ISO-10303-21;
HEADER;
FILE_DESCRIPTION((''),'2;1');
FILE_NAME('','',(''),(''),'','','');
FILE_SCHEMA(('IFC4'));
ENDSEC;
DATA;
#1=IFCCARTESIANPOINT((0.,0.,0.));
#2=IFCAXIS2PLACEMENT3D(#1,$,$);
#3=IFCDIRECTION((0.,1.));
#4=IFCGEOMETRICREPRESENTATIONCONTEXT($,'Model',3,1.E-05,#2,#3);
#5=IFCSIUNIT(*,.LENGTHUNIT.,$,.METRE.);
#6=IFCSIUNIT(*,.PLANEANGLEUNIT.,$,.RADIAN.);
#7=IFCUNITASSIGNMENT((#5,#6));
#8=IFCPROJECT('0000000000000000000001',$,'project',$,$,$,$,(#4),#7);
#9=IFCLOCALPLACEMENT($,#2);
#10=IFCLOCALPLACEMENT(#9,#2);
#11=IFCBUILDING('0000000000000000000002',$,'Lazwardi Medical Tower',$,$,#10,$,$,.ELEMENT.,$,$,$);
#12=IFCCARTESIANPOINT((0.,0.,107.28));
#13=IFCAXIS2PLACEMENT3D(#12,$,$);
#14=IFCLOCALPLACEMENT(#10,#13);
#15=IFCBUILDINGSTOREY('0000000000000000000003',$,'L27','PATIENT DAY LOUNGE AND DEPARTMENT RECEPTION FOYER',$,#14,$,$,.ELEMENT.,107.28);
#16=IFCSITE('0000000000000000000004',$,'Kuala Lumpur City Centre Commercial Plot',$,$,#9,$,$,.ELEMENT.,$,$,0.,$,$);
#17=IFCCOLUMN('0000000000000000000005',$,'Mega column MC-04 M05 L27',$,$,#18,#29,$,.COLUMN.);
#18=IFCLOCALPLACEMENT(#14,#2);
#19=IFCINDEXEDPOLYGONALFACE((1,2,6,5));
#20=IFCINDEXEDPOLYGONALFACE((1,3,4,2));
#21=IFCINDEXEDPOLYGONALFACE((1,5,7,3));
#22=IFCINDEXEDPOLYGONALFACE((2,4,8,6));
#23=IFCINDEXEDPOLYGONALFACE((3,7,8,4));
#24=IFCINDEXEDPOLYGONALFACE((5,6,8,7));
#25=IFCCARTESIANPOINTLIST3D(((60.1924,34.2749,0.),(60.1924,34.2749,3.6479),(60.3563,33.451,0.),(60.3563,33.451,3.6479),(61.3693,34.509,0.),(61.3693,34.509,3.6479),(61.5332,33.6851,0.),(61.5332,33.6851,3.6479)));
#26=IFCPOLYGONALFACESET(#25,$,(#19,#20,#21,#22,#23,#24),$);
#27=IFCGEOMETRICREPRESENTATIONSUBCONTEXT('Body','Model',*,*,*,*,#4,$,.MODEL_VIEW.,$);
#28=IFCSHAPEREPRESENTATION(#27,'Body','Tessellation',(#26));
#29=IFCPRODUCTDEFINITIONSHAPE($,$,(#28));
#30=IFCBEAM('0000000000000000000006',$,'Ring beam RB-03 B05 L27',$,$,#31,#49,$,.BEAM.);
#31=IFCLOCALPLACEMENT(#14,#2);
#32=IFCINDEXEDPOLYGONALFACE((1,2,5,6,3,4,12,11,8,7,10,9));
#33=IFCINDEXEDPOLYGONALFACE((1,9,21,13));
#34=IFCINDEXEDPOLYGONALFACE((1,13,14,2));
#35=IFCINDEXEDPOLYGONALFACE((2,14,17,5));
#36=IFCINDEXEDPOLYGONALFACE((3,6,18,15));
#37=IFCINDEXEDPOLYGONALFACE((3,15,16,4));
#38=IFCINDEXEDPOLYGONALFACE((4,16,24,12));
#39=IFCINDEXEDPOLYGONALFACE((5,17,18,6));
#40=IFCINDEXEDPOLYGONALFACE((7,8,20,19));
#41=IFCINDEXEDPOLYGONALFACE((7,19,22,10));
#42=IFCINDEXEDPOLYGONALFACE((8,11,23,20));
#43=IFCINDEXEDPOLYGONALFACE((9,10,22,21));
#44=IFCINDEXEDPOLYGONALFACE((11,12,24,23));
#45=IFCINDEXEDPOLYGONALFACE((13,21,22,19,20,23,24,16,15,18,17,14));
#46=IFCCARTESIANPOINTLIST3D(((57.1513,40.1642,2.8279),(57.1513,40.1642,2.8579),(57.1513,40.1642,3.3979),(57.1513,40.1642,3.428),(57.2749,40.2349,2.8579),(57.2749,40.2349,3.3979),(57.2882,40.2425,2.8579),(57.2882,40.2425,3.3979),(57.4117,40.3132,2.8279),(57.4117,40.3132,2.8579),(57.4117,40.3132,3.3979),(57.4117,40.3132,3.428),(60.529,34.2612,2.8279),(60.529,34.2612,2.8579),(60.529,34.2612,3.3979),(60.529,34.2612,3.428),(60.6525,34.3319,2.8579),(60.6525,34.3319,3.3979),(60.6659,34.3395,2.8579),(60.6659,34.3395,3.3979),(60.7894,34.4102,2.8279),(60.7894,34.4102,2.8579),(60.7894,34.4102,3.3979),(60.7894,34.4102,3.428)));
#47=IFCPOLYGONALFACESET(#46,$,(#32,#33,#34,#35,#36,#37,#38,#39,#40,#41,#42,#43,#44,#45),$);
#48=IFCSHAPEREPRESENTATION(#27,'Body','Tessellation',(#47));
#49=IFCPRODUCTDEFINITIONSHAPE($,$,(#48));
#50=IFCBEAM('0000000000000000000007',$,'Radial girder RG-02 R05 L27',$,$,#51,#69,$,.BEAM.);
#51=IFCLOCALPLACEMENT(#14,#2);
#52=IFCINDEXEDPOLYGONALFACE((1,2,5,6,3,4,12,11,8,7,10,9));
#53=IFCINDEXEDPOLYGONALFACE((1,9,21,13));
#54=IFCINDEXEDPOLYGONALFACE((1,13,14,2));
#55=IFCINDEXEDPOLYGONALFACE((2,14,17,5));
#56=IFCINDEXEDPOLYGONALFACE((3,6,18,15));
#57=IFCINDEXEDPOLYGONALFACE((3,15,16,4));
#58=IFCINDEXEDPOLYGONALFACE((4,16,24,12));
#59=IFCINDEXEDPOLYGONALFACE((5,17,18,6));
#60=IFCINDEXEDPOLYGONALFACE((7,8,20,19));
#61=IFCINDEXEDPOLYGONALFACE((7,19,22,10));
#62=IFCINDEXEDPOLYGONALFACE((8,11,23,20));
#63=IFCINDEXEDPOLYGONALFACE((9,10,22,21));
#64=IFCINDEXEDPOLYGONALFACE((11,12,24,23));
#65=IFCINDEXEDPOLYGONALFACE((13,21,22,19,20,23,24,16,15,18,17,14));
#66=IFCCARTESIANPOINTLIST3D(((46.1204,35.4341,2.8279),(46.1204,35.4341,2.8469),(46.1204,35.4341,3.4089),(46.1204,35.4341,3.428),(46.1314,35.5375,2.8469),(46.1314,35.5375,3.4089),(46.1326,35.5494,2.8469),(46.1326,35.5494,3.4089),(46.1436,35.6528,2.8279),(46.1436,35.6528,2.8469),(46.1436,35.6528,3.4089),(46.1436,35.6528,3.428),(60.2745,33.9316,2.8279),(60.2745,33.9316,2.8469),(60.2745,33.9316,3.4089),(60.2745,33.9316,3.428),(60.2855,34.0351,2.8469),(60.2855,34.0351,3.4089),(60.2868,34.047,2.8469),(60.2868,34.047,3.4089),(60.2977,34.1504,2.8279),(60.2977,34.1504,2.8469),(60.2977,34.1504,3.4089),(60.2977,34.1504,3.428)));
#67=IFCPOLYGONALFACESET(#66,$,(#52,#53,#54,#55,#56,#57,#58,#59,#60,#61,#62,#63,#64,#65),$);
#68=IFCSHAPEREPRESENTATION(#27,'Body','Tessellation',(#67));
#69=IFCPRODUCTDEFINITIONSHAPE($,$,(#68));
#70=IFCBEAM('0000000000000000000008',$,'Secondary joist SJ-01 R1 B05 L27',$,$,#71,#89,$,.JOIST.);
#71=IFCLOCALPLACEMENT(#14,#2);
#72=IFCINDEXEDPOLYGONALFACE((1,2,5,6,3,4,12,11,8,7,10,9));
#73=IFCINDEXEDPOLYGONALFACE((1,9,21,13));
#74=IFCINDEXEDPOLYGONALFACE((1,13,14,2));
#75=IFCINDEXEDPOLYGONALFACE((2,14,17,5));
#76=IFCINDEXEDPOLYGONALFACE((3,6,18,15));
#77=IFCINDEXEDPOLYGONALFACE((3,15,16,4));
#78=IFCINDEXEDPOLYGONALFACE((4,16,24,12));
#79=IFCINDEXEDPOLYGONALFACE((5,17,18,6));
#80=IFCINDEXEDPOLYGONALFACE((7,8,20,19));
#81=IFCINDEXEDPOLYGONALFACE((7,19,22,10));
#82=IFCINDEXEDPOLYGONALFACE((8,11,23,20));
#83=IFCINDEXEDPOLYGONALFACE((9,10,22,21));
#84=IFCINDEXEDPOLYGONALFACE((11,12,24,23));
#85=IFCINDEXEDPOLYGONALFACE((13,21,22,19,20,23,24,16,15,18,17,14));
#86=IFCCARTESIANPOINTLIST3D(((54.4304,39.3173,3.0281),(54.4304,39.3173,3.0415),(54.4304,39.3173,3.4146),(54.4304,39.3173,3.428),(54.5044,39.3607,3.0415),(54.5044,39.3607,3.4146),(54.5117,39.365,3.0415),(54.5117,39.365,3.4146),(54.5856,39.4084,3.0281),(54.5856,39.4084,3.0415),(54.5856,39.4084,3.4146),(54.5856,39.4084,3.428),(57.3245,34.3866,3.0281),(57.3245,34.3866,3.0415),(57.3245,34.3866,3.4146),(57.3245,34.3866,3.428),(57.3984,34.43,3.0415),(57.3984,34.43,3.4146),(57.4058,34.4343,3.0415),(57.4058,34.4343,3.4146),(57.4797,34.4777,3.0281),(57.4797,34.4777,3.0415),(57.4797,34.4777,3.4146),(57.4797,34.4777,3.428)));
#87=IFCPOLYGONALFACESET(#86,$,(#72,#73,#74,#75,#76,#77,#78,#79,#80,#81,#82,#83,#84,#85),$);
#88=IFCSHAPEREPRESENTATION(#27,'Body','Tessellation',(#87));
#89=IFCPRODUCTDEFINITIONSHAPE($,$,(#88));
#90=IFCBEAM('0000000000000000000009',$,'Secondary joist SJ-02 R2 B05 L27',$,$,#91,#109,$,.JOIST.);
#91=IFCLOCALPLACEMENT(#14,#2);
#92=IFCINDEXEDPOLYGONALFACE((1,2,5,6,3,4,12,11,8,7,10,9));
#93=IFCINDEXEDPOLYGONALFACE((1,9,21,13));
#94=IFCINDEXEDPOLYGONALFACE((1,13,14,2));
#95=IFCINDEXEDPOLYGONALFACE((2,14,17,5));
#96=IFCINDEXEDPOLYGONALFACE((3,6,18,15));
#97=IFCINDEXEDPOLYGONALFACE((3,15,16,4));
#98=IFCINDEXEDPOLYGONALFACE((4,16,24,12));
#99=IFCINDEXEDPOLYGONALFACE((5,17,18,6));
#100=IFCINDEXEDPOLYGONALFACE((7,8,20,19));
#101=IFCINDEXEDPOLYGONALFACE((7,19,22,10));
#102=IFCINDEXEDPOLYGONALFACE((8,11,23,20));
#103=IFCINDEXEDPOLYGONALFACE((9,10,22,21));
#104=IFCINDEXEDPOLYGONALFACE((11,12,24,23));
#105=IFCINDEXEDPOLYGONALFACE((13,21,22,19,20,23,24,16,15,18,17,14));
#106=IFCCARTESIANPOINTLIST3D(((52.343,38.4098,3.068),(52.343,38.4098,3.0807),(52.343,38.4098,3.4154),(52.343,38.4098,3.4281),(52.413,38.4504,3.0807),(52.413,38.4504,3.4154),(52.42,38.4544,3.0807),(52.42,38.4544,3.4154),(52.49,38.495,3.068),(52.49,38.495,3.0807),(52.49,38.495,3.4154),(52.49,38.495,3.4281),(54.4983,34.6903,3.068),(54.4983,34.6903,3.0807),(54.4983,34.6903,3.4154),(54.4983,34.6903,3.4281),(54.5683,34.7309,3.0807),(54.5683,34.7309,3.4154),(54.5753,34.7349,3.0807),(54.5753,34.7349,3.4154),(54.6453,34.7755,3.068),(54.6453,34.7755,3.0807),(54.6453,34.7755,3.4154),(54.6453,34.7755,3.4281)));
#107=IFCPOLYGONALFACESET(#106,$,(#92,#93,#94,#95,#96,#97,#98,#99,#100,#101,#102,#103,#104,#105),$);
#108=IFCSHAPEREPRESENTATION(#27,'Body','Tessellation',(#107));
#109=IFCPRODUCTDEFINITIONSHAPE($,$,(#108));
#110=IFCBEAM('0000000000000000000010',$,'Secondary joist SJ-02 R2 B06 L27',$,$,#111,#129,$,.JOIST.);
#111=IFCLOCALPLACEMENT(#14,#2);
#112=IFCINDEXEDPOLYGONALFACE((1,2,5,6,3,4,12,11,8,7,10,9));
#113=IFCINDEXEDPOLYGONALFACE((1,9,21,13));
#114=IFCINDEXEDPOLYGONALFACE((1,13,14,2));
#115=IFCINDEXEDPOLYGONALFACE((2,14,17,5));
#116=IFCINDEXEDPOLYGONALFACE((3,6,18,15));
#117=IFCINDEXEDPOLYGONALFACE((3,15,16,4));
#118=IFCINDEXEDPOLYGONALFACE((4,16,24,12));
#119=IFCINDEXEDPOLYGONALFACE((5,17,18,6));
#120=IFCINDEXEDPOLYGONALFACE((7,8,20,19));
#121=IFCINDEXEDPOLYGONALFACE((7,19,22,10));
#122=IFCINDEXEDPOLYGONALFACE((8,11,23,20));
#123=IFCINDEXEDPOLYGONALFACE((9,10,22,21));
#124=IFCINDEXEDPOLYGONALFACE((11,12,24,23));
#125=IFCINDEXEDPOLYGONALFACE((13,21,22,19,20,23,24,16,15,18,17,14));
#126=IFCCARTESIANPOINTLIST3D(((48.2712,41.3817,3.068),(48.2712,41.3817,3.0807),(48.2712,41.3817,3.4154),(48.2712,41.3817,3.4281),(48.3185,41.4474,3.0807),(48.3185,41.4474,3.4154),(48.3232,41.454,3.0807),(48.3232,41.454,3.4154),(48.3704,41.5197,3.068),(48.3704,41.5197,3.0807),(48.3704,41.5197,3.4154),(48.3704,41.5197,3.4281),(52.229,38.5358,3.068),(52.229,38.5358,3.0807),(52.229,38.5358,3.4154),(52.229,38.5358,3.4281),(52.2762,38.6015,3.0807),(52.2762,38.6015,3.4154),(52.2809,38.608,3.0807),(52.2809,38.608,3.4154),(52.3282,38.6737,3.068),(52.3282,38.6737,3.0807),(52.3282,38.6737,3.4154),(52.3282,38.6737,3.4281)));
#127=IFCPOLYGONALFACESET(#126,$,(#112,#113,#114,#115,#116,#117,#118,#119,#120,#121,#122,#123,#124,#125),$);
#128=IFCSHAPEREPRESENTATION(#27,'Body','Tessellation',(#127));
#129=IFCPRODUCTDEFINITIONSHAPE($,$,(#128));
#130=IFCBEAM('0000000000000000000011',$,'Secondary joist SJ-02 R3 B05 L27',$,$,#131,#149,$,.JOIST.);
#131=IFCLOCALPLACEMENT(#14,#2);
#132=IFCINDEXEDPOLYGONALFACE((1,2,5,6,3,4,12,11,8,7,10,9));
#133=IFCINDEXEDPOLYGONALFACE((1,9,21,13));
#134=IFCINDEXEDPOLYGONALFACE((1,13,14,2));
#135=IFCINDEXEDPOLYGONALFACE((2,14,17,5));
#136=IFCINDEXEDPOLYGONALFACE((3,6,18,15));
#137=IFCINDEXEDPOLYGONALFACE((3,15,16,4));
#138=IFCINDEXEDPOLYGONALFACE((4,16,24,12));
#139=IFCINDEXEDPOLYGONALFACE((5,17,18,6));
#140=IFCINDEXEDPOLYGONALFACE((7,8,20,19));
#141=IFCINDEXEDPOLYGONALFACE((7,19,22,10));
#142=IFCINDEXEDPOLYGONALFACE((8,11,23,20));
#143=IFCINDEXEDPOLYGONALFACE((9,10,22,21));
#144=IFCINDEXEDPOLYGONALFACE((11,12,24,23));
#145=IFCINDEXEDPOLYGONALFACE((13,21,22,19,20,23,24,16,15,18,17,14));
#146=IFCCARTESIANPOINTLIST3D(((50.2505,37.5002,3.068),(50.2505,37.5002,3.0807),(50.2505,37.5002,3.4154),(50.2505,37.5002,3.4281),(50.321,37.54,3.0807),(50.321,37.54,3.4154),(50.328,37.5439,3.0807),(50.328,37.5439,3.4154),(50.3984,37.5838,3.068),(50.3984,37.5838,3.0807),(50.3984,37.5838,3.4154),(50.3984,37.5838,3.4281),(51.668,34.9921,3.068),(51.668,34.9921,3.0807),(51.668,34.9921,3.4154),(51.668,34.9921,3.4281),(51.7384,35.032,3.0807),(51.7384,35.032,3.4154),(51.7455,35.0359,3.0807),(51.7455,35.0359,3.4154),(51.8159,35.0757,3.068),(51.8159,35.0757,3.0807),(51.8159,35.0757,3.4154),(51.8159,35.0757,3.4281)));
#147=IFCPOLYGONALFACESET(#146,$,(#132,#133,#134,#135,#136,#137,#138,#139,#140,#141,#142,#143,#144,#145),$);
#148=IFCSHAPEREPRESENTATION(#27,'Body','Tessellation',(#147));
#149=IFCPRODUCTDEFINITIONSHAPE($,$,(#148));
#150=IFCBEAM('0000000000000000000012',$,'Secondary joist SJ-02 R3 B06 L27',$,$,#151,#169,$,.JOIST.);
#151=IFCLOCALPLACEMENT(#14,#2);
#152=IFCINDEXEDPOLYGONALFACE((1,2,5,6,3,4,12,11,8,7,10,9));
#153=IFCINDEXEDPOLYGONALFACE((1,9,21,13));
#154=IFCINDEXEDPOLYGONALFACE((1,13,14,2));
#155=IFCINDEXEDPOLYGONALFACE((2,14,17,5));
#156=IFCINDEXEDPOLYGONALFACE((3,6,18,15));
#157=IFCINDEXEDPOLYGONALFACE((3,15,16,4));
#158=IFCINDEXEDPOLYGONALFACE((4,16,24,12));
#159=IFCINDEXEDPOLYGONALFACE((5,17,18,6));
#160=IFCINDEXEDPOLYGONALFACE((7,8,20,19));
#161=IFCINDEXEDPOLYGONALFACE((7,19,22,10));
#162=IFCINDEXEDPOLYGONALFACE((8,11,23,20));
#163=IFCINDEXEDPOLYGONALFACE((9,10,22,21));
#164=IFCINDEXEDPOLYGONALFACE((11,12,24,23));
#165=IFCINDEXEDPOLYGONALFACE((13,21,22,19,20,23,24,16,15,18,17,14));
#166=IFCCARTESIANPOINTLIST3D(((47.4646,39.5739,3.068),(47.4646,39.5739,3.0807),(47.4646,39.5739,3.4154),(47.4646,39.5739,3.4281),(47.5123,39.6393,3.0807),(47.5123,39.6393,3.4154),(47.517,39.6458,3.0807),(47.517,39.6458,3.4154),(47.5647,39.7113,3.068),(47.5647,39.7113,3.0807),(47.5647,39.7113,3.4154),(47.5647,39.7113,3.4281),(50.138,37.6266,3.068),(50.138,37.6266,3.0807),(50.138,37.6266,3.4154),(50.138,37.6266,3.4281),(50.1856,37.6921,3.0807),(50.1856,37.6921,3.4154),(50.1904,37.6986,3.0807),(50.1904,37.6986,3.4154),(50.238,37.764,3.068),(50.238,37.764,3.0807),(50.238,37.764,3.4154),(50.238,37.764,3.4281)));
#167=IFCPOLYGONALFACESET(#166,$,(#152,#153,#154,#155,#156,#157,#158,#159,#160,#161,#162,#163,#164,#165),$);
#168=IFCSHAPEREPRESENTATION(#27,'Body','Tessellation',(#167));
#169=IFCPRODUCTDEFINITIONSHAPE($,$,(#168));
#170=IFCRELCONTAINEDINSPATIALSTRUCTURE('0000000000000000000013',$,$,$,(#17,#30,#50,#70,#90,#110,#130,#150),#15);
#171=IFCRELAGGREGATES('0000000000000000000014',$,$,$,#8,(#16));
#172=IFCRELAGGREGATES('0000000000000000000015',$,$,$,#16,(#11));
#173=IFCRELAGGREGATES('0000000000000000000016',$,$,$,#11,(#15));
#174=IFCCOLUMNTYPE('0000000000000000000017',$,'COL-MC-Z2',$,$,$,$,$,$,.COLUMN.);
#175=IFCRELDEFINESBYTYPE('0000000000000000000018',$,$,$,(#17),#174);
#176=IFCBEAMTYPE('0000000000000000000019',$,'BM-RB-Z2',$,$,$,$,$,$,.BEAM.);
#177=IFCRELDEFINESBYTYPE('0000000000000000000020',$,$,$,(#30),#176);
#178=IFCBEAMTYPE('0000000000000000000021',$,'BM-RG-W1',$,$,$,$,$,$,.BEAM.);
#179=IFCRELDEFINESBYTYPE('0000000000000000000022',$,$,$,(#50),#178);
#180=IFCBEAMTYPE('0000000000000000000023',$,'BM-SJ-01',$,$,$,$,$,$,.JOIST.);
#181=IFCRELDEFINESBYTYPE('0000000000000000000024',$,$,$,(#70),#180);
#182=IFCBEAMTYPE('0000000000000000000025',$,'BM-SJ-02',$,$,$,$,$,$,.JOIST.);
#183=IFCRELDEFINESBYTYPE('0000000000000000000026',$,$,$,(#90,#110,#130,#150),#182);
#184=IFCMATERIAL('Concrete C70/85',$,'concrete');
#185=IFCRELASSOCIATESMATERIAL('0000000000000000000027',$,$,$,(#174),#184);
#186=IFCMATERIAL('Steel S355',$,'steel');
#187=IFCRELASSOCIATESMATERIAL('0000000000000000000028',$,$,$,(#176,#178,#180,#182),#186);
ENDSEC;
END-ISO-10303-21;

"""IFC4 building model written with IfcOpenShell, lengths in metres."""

from ifc_helpers import new_model, si_unit, direction, frame, origin, origin_2d, place, context, subcontext, project, spatial, rectangle, i_section, extrude, material, material_profile, profile_set, type_object, element, save


model = new_model("IFC4")

# Units and contexts
model_context = context("Model", 3, precision=1e-05, world=origin(), true_north=direction((0.0, 1.0)))
body_context = subcontext(model_context, "Body", "Model", "MODEL_VIEW")
ifc_project = project(units=[si_unit("LENGTHUNIT", "METRE"), si_unit("PLANEANGLEUNIT", "RADIAN")], contexts=[model_context])

# Site, building, storey
site_placement = place(None, origin())
site = spatial("IfcSite", under=ifc_project, at=site_placement, Name="Kuala Lumpur City Centre Commercial Plot", CompositionType="ELEMENT", RefElevation=0.0)
building_placement = place(site_placement, origin())
building = spatial("IfcBuilding", under=site, at=building_placement, Name="Lazwardi Medical Tower", CompositionType="ELEMENT")
storey_placement = place(building_placement, frame((0.0, 0.0, 107.28)))
storey = spatial("IfcBuildingStorey", under=building, at=storey_placement, Name="L27", Description="PATIENT DAY LOUNGE AND DEPARTMENT RECEPTION FOYER", CompositionType="ELEMENT", Elevation=107.28)

# Column
ifc_material_1 = material(Name="Concrete C70/85", Category="concrete")
ifc_material_profile_1 = material_profile(ifc_material_1, rectangle(XDim=1.2, YDim=0.8401, at=origin_2d()), Name="CFT-RECT 1200x840")
ifc_profile_set_1 = profile_set([ifc_material_profile_1], Name="Concrete C70/85")
column_type = type_object("IfcColumnType", Name="COL-MC-Z2", PredefinedType="COLUMN", material=ifc_profile_set_1)
column_placement = place(storey_placement, frame((60.8628, 33.98, 0.0), z_axis=(0.0, 0.0, 1.0), x_axis=(0.980785, 0.19509, 0.0)))
element("IfcColumn", 1, at=column_placement, inside=storey, type_object=column_type, Name="Mega column MC-04 M05 L27", PredefinedType="COLUMN", context=body_context, shape_type="SweptSolid", body=[
    extrude(rectangle(XDim=1.2, YDim=0.8401, at=origin_2d()), origin(), (0.0, 0.0, 1.0), 3.6479),
])

# Beams
ifc_material_2 = material(Name="Steel S355", Category="steel")
ifc_material_profile_2 = material_profile(ifc_material_2, i_section(OverallWidth=0.3, OverallDepth=0.6001, WebThickness=0.0154, FlangeThickness=0.03, at=origin_2d()), Name="HEB 600")
ifc_profile_set_2 = profile_set([ifc_material_profile_2], Name="Steel S355")
beam_type_1 = type_object("IfcBeamType", Name="BM-RB-Z2", PredefinedType="BEAM", material=ifc_profile_set_2)
beam_1_placement = place(storey_placement, frame((60.6592, 34.3357, 3.1279), z_axis=(-0.496638, 0.867958, 0.0), x_axis=(-0.867958, -0.496638, 0.0)))
element("IfcBeam", 2, at=beam_1_placement, inside=storey, type_object=beam_type_1, Name="Ring beam RB-03 B05 L27", PredefinedType="BEAM", context=body_context, shape_type="SweptSolid", body=[
    extrude(i_section(OverallWidth=0.3, OverallDepth=0.6001, WebThickness=0.0154, FlangeThickness=0.03, at=origin_2d()), origin(), (0.0, 0.0, 1.0), 6.801),
])
ifc_material_profile_3 = material_profile(ifc_material_2, i_section(OverallWidth=0.22, OverallDepth=0.6001, WebThickness=0.012, FlangeThickness=0.019, at=origin_2d()), Name="IPE 600")
ifc_profile_set_3 = profile_set([ifc_material_profile_3], Name="Steel S355")
beam_type_2 = type_object("IfcBeamType", Name="BM-RG-W1", PredefinedType="BEAM", material=ifc_profile_set_3)
beam_2_placement = place(storey_placement, frame((60.2861, 34.041, 3.1279), z_axis=(-0.994413, 0.105556, 0.0), x_axis=(-0.105556, -0.994413, 0.0)))
element("IfcBeam", 3, at=beam_2_placement, inside=storey, type_object=beam_type_2, Name="Radial girder RG-02 R05 L27", PredefinedType="BEAM", context=body_context, shape_type="SweptSolid", body=[
    extrude(i_section(OverallWidth=0.22, OverallDepth=0.6001, WebThickness=0.012, FlangeThickness=0.019, at=origin_2d()), origin(), (0.0, 0.0, 1.0), 14.2336),
])
ifc_material_profile_4 = material_profile(ifc_material_2, i_section(OverallWidth=0.1799, OverallDepth=0.3999, WebThickness=0.0085, FlangeThickness=0.0134, at=origin_2d()), Name="IPE 400")
ifc_profile_set_4 = profile_set([ifc_material_profile_4], Name="Steel S355")
beam_type_3 = type_object("IfcBeamType", Name="BM-SJ-01", PredefinedType="JOIST", material=ifc_profile_set_4)
beam_3_placement = place(storey_placement, frame((57.4021, 34.4321, 3.228), z_axis=(-0.506195, 0.862419, 0.0), x_axis=(-0.862419, -0.506195, 0.0)))
element("IfcBeam", 4, at=beam_3_placement, inside=storey, type_object=beam_type_3, Name="Secondary joist SJ-01 R1 B05 L27", PredefinedType="JOIST", context=body_context, shape_type="SweptSolid", body=[
    extrude(i_section(OverallWidth=0.1799, OverallDepth=0.3999, WebThickness=0.0085, FlangeThickness=0.0134, at=origin_2d()), origin(), (0.0, 0.0, 1.0), 5.7173),
])
ifc_material_profile_5 = material_profile(ifc_material_2, i_section(OverallWidth=0.1699, OverallDepth=0.3601, WebThickness=0.0081, FlangeThickness=0.0127, at=origin_2d()), Name="IPE 360")
ifc_profile_set_5 = profile_set([ifc_material_profile_5], Name="Steel S355")
beam_type_4 = type_object("IfcBeamType", Name="BM-SJ-02", PredefinedType="JOIST", material=ifc_profile_set_5)
beam_4_placement = place(storey_placement, frame((54.5718, 34.7329, 3.248), z_axis=(-0.501365, 0.865236, 0.0), x_axis=(-0.865236, -0.501365, 0.0)))
element("IfcBeam", 5, at=beam_4_placement, inside=storey, type_object=beam_type_4, Name="Secondary joist SJ-02 R2 B05 L27", PredefinedType="JOIST", context=body_context, shape_type="SweptSolid", body=[
    extrude(i_section(OverallWidth=0.1699, OverallDepth=0.3601, WebThickness=0.0081, FlangeThickness=0.0127, at=origin_2d()), origin(), (0.0, 0.0, 1.0), 4.2988),
])
beam_5_placement = place(storey_placement, frame((52.2786, 38.6047, 3.248), z_axis=(-0.811889, 0.583813, 0.0), x_axis=(-0.583813, -0.811889, 0.0)))
element("IfcBeam", 6, at=beam_5_placement, inside=storey, type_object=beam_type_4, Name="Secondary joist SJ-02 R2 B06 L27", PredefinedType="JOIST", context=body_context, shape_type="SweptSolid", body=[
    extrude(i_section(OverallWidth=0.1699, OverallDepth=0.3601, WebThickness=0.0081, FlangeThickness=0.0127, at=origin_2d()), origin(), (0.0, 0.0, 1.0), 4.8748),
])
beam_6_placement = place(storey_placement, frame((51.7419, 35.0339, 3.248), z_axis=(-0.492027, 0.87058, 0.0), x_axis=(-0.87058, -0.492027, 0.0)))
element("IfcBeam", 7, at=beam_6_placement, inside=storey, type_object=beam_type_4, Name="Secondary joist SJ-02 R3 B05 L27", PredefinedType="JOIST", context=body_context, shape_type="SweptSolid", body=[
    extrude(i_section(OverallWidth=0.1699, OverallDepth=0.3601, WebThickness=0.0081, FlangeThickness=0.0127, at=origin_2d()), origin(), (0.0, 0.0, 1.0), 2.8809),
])
beam_7_placement = place(storey_placement, frame((50.188, 37.6953, 3.248), z_axis=(-0.808302, 0.588768, 0.0), x_axis=(-0.588768, -0.808302, 0.0)))
element("IfcBeam", 8, at=beam_7_placement, inside=storey, type_object=beam_type_4, Name="Secondary joist SJ-02 R3 B06 L27", PredefinedType="JOIST", context=body_context, shape_type="SweptSolid", body=[
    extrude(i_section(OverallWidth=0.1699, OverallDepth=0.3601, WebThickness=0.0081, FlangeThickness=0.0127, at=origin_2d()), origin(), (0.0, 0.0, 1.0), 3.3074),
])

save(model, "model.ifc")
